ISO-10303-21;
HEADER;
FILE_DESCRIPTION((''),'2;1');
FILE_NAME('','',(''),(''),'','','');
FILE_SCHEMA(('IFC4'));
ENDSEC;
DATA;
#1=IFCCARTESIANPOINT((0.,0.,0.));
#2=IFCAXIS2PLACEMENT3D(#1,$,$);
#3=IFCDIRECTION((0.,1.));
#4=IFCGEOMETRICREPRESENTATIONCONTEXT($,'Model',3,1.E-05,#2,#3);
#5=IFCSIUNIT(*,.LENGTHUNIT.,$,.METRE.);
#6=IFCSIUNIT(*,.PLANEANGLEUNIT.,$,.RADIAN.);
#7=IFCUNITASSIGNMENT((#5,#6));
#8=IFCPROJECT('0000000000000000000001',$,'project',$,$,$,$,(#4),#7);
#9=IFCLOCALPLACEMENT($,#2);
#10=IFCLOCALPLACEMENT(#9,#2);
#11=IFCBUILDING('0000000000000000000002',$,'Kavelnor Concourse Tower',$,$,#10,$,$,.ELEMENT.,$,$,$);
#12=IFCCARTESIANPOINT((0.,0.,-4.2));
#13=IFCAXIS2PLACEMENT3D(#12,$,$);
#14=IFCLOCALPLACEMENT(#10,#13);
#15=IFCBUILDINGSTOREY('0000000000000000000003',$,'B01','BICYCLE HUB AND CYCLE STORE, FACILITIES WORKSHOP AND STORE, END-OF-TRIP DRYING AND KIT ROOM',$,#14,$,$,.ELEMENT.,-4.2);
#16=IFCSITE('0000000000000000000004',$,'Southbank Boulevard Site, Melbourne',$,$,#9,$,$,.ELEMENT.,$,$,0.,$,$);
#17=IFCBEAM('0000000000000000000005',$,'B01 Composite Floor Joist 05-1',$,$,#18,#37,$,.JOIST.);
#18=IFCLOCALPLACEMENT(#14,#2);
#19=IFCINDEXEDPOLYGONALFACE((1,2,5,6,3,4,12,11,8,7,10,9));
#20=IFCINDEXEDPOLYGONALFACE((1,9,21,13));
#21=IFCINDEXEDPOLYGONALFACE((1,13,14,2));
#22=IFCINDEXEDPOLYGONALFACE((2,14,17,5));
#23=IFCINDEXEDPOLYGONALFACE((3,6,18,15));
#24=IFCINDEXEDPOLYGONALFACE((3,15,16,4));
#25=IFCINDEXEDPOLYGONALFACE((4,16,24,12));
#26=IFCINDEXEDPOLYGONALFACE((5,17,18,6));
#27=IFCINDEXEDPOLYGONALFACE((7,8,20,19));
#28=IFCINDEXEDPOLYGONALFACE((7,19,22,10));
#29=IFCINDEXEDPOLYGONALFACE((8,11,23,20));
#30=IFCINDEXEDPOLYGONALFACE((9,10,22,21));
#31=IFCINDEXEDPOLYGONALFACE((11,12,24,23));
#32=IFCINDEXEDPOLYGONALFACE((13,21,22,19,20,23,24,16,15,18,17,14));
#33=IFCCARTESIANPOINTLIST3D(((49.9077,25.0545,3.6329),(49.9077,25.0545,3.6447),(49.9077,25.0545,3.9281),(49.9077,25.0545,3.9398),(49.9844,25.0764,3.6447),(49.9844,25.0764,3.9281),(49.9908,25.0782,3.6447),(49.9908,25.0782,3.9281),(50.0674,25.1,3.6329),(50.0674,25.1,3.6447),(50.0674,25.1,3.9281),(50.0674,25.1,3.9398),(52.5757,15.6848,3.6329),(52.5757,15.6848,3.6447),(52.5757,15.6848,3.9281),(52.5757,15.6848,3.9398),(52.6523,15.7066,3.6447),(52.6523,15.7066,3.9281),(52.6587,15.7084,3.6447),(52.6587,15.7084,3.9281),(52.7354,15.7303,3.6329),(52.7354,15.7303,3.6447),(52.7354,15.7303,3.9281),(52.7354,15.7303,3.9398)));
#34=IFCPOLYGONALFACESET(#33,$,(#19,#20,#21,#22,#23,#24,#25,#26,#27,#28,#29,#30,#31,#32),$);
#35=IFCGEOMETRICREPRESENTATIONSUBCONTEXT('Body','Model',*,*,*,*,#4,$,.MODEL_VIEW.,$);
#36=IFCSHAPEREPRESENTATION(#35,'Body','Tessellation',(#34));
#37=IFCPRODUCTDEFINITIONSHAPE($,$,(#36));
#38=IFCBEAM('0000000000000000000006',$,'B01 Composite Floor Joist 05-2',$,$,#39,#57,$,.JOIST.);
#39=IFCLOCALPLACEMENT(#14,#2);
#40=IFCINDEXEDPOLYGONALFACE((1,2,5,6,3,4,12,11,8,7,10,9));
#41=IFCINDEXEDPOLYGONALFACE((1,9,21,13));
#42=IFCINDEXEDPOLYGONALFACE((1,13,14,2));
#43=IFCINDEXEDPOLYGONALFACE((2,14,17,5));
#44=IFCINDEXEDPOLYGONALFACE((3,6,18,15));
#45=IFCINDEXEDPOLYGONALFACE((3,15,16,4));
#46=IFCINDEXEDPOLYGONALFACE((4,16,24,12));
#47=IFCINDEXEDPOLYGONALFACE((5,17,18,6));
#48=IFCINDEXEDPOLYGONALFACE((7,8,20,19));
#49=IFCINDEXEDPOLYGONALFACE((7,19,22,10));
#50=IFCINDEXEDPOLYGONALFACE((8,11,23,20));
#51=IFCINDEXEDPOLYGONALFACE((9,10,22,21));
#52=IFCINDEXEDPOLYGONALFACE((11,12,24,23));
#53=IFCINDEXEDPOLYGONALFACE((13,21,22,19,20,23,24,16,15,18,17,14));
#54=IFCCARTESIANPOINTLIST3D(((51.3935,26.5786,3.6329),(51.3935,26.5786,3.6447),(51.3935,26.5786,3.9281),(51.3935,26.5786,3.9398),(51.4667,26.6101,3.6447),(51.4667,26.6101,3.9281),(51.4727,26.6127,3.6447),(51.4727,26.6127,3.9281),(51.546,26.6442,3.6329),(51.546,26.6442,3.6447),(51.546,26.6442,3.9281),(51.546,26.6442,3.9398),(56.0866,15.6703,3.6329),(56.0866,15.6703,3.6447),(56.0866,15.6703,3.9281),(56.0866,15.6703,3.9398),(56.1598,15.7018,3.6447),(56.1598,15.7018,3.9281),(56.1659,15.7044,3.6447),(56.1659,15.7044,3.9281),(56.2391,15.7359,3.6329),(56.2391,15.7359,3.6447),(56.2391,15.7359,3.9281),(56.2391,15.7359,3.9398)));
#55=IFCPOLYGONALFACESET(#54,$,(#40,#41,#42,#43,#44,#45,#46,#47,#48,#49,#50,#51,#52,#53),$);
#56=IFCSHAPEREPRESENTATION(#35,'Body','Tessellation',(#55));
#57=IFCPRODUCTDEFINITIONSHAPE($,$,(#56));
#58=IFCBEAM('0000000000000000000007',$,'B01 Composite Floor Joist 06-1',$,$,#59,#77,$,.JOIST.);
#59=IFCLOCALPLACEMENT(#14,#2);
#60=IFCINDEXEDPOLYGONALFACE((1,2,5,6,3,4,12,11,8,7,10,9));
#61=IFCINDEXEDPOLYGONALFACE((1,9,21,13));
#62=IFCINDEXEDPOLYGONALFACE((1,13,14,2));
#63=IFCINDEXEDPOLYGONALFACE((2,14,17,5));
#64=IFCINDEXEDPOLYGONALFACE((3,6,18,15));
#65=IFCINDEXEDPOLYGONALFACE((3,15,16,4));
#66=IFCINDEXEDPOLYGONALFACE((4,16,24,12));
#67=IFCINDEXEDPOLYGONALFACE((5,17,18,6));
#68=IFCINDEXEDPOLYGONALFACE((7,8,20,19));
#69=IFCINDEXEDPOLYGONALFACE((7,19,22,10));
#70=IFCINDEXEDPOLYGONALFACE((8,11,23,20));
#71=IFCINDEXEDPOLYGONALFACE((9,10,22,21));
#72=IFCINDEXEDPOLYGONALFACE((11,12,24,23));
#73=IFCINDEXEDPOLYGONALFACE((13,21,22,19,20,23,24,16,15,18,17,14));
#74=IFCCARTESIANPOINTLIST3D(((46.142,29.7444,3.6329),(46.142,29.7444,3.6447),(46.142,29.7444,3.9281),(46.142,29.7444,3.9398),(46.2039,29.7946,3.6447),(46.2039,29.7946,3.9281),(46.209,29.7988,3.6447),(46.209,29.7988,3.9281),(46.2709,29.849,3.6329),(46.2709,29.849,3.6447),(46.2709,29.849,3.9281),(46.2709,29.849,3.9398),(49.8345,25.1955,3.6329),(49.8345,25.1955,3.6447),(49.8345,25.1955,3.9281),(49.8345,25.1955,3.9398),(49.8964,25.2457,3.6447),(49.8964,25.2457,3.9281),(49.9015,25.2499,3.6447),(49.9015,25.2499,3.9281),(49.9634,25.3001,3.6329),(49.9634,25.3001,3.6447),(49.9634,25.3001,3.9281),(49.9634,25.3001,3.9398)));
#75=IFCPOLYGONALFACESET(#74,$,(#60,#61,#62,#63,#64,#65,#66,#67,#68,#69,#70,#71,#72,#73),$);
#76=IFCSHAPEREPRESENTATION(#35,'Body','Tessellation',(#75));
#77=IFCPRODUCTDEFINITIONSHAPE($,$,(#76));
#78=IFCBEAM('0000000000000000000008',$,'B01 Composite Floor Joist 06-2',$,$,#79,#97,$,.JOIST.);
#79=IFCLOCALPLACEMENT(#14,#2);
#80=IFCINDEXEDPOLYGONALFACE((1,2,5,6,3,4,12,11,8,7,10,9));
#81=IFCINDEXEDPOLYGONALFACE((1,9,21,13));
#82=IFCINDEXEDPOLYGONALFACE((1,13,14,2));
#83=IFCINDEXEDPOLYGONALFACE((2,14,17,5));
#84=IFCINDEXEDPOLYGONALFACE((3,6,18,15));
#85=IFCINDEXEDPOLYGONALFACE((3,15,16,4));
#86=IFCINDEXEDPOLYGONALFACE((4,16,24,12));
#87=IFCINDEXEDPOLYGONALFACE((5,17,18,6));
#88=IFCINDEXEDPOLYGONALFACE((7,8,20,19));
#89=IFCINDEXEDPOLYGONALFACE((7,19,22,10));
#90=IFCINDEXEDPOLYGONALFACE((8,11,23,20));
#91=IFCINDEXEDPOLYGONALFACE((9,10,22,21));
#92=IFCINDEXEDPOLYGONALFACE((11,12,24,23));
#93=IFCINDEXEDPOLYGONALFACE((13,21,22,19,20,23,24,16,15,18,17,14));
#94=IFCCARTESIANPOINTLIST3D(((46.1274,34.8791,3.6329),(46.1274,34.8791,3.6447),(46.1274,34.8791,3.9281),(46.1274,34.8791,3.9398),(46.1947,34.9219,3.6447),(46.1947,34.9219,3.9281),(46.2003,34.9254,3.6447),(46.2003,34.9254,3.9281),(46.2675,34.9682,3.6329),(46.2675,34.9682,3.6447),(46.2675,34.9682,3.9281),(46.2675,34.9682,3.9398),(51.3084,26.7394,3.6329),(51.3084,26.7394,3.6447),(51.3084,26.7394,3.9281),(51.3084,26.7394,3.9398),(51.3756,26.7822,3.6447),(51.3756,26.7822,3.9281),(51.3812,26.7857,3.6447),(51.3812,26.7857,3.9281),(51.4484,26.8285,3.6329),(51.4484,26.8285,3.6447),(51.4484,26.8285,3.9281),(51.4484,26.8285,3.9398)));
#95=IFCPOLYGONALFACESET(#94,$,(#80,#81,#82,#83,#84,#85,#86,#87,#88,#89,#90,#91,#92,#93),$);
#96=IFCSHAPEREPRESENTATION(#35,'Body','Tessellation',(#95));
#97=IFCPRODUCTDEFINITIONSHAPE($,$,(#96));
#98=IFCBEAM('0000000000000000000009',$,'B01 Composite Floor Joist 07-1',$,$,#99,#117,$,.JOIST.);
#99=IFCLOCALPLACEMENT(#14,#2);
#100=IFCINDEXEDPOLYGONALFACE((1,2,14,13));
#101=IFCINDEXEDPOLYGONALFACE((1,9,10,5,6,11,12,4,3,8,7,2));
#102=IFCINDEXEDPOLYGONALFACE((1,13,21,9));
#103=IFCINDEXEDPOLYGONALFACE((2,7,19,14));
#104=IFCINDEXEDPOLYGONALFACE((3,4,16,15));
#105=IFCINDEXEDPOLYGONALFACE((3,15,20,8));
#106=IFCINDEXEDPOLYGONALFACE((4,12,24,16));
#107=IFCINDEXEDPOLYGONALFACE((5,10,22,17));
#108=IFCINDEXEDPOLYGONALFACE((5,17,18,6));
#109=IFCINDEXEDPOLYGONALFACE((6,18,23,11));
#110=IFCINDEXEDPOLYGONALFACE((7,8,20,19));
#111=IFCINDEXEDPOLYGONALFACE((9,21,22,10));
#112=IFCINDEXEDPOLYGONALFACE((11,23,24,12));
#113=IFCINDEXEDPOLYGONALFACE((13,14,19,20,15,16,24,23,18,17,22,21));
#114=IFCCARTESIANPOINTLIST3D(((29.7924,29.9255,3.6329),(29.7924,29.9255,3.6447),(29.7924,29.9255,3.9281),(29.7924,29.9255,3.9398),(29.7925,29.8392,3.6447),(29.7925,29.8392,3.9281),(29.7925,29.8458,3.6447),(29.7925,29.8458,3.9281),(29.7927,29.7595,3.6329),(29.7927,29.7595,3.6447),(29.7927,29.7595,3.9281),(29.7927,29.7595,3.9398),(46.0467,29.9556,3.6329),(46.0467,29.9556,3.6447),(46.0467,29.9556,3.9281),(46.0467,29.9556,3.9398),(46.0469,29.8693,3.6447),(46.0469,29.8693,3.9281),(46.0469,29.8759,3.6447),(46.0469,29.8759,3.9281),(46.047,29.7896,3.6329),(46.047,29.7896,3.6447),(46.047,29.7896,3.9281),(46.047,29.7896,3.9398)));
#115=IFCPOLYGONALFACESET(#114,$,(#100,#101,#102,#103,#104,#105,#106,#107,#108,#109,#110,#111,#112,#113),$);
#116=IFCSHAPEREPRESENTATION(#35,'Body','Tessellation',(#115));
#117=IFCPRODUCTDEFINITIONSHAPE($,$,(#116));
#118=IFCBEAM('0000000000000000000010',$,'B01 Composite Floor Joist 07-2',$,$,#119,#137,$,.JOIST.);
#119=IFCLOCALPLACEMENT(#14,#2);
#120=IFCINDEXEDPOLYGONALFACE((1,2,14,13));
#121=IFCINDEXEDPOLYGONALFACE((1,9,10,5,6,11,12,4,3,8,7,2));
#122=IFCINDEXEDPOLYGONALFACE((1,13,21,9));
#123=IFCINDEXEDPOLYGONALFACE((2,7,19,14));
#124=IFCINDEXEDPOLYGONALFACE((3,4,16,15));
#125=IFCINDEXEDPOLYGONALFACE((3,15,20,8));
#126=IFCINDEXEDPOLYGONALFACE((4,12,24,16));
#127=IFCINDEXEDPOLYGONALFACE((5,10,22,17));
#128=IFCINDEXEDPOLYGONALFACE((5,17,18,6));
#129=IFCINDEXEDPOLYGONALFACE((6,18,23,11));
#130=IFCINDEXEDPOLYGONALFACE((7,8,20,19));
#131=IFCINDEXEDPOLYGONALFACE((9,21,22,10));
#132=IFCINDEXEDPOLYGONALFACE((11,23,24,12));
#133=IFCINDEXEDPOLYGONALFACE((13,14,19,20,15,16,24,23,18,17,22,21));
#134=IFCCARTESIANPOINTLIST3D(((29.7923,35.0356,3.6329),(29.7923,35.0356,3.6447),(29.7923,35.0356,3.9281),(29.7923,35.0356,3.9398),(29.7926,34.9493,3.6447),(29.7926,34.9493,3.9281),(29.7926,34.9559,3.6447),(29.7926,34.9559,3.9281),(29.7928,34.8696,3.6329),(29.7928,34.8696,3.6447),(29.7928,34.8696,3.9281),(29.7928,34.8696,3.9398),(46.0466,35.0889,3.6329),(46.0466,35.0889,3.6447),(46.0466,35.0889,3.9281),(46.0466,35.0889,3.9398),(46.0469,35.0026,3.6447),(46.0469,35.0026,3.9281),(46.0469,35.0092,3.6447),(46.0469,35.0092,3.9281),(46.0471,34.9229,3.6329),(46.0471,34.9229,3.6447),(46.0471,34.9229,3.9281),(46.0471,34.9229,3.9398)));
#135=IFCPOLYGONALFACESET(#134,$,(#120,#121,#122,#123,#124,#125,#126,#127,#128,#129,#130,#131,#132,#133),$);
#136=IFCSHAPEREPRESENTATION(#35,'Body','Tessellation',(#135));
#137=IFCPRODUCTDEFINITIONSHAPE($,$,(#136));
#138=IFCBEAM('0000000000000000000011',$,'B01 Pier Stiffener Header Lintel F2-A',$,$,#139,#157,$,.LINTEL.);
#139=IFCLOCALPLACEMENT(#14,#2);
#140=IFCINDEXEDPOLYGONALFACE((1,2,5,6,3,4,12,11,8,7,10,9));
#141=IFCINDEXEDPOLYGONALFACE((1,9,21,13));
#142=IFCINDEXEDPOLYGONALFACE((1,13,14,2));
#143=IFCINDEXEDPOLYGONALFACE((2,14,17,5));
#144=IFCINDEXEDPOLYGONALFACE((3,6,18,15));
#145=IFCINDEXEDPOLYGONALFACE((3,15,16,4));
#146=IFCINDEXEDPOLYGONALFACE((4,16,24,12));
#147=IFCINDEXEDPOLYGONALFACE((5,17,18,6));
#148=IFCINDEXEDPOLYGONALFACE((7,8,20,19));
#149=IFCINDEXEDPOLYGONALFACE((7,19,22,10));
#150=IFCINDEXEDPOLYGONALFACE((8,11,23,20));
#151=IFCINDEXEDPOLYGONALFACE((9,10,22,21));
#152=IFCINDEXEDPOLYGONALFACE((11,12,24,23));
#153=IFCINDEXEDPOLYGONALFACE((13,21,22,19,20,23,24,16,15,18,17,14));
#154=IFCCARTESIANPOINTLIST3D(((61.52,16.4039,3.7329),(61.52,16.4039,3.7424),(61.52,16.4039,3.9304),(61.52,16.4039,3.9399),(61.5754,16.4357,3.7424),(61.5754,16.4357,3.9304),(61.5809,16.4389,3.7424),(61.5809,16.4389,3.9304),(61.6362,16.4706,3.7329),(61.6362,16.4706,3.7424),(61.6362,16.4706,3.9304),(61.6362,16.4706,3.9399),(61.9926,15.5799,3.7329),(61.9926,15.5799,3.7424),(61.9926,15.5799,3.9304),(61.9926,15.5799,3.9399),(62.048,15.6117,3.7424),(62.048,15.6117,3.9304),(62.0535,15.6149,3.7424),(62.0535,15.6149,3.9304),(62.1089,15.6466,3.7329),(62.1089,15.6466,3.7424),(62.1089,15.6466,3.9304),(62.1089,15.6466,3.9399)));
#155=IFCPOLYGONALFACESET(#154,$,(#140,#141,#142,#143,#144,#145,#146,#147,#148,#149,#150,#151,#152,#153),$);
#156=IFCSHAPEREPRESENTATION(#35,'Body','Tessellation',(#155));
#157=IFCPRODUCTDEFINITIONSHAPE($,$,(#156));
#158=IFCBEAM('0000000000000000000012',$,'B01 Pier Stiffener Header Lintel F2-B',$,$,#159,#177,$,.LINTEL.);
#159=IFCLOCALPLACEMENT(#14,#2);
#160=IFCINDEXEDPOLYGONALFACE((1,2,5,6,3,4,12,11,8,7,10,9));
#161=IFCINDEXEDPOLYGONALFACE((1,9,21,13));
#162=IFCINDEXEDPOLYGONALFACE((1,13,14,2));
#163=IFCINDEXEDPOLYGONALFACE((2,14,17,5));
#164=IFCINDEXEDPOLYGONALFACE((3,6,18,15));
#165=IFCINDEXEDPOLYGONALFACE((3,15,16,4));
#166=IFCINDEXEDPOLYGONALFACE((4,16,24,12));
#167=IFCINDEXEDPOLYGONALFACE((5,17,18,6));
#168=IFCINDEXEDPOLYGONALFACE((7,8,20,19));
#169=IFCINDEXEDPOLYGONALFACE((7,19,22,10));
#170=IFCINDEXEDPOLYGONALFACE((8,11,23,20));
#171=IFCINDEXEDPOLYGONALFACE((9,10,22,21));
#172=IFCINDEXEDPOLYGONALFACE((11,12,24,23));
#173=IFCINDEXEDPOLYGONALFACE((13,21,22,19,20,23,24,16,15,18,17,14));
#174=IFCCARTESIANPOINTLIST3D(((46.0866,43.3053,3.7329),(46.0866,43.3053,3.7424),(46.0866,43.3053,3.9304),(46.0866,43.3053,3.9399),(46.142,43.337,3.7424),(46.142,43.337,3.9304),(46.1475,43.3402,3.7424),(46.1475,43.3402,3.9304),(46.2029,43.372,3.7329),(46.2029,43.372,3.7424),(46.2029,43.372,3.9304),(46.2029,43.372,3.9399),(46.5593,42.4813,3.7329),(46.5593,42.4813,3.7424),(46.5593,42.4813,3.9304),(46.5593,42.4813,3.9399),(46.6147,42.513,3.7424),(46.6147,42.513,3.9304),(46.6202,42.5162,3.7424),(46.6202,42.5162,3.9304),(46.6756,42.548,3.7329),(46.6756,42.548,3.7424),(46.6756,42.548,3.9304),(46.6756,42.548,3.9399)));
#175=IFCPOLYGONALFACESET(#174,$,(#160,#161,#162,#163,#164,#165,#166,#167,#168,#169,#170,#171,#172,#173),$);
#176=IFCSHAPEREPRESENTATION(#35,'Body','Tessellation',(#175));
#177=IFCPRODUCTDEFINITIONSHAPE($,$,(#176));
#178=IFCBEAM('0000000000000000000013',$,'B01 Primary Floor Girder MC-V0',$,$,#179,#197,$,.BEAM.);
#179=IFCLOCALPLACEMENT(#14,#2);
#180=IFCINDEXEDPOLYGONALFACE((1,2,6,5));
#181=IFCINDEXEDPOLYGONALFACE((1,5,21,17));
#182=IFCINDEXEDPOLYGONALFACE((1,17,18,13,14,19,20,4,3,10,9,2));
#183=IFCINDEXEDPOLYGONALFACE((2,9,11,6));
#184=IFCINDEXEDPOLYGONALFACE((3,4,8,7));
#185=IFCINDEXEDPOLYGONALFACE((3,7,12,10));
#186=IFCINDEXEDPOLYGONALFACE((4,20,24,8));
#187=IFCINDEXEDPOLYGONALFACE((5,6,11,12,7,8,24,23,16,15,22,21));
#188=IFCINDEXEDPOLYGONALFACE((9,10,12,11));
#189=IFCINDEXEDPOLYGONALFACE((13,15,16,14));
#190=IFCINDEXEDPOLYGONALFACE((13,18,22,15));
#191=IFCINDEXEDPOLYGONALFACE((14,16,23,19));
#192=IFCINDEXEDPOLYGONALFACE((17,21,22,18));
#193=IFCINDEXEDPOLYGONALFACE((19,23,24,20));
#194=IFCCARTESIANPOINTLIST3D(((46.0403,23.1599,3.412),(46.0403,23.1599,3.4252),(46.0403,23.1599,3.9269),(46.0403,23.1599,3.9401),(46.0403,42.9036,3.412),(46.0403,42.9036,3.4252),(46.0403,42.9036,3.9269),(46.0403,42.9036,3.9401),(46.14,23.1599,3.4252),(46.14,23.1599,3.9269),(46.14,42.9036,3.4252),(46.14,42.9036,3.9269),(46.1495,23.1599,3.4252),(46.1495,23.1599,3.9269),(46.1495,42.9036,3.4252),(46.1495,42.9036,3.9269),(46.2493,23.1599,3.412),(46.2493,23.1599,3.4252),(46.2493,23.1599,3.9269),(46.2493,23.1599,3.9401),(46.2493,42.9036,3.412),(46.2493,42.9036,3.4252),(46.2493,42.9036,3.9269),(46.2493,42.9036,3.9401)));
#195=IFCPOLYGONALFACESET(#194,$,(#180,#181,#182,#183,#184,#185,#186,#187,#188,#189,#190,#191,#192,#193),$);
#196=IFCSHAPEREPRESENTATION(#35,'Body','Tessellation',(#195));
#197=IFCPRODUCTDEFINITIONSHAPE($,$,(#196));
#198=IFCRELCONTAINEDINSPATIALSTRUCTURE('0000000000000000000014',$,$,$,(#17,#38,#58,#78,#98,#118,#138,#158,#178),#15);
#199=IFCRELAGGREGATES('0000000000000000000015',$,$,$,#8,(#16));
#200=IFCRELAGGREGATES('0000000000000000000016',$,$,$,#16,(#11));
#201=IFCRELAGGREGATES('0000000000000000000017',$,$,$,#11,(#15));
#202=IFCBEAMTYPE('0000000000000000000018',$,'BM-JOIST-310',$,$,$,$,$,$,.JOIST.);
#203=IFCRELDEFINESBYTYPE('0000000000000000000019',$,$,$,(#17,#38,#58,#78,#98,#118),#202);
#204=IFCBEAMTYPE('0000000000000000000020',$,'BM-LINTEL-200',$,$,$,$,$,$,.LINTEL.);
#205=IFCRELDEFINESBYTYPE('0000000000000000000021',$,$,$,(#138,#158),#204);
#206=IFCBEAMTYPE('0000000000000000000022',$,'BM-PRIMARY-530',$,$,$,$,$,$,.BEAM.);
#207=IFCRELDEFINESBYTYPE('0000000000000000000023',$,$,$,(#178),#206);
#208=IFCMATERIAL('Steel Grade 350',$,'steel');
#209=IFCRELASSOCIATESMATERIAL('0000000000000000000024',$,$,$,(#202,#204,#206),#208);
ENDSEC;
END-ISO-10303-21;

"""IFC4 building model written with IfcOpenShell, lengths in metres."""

from ifc_helpers import new_model, si_unit, direction, frame, origin, origin_2d, place, context, subcontext, project, spatial, i_section, extrude, material, material_profile, profile_set, type_object, element, save


model = new_model("IFC4")

# Units and contexts
model_context = context("Model", 3, precision=1e-05, world=origin(), true_north=direction((0.0, 1.0)))
body_context = subcontext(model_context, "Body", "Model", "MODEL_VIEW")
ifc_project = project(units=[si_unit("LENGTHUNIT", "METRE"), si_unit("PLANEANGLEUNIT", "RADIAN")], contexts=[model_context])

# Site, building, storey
site_placement = place(None, origin())
site = spatial("IfcSite", under=ifc_project, at=site_placement, Name="Southbank Boulevard Site, Melbourne", CompositionType="ELEMENT", RefElevation=0.0)
building_placement = place(site_placement, origin())
building = spatial("IfcBuilding", under=site, at=building_placement, Name="Kavelnor Concourse Tower", CompositionType="ELEMENT")
storey_placement = place(building_placement, frame((0.0, 0.0, -4.2)))
storey = spatial("IfcBuildingStorey", under=building, at=storey_placement, Name="B01", Description="BICYCLE HUB AND CYCLE STORE, FACILITIES WORKSHOP AND STORE, END-OF-TRIP DRYING AND KIT ROOM", CompositionType="ELEMENT", Elevation=-4.2)

# Shared definitions
ifc_material_1 = material(Name="Steel Grade 350", Category="steel")

# Beams
ifc_material_profile_1 = material_profile(ifc_material_1, i_section(OverallWidth=0.166, OverallDepth=0.3069, WebThickness=0.0066, FlangeThickness=0.0117, at=origin_2d()), Name="310UB46")
ifc_profile_set_1 = profile_set([ifc_material_profile_1], Name="Steel Grade 350")
beam_type_1 = type_object("IfcBeamType", Name="BM-JOIST-310", PredefinedType="JOIST", material=ifc_profile_set_1)
beam_1_placement = place(storey_placement, frame((52.6555, 15.7075, 3.7864), z_axis=(-0.273854, 0.961771, 0.0), x_axis=(-0.961771, -0.273854, 0.0)))
element("IfcBeam", 1, at=beam_1_placement, inside=storey, type_object=beam_type_1, Name="B01 Composite Floor Joist 05-1", PredefinedType="JOIST", context=body_context, shape_type="SweptSolid", body=[
    extrude(i_section(OverallWidth=0.166, OverallDepth=0.3069, WebThickness=0.0066, FlangeThickness=0.0117, at=origin_2d()), origin(), (0.0, 0.0, 1.0), 9.7422),
])
beam_2_placement = place(storey_placement, frame((56.1628, 15.7031, 3.7864), z_axis=(-0.395212, 0.91859, 0.0), x_axis=(-0.91859, -0.395212, 0.0)))
element("IfcBeam", 2, at=beam_2_placement, inside=storey, type_object=beam_type_1, Name="B01 Composite Floor Joist 05-2", PredefinedType="JOIST", context=body_context, shape_type="SweptSolid", body=[
    extrude(i_section(OverallWidth=0.166, OverallDepth=0.3069, WebThickness=0.0066, FlangeThickness=0.0117, at=origin_2d()), origin(), (0.0, 0.0, 1.0), 11.875),
])
beam_3_placement = place(storey_placement, frame((49.8989, 25.2478, 3.7864), z_axis=(-0.630229, 0.77641, 0.0), x_axis=(-0.77641, -0.630229, 0.0)))
element("IfcBeam", 3, at=beam_3_placement, inside=storey, type_object=beam_type_1, Name="B01 Composite Floor Joist 06-1", PredefinedType="JOIST", context=body_context, shape_type="SweptSolid", body=[
    extrude(i_section(OverallWidth=0.166, OverallDepth=0.3069, WebThickness=0.0066, FlangeThickness=0.0117, at=origin_2d()), origin(), (0.0, 0.0, 1.0), 5.8589),
])
beam_4_placement = place(storey_placement, frame((51.3784, 26.7839, 3.7864), z_axis=(-0.536959, 0.843608, 0.0), x_axis=(-0.843608, -0.536959, 0.0)))
element("IfcBeam", 4, at=beam_4_placement, inside=storey, type_object=beam_type_1, Name="B01 Composite Floor Joist 06-2", PredefinedType="JOIST", context=body_context, shape_type="SweptSolid", body=[
    extrude(i_section(OverallWidth=0.166, OverallDepth=0.3069, WebThickness=0.0066, FlangeThickness=0.0117, at=origin_2d()), origin(), (0.0, 0.0, 1.0), 9.6487),
])
for number, where, z_axis, x_axis, name in (
    (5, (46.0469, 29.8726, 3.7864), (-0.999998, -0.001847, 0.0), (0.001847, -0.999998, 0.0), "B01 Composite Floor Joist 07-1"),
    (6, (46.0469, 35.0059, 3.7864), (-0.999995, -0.003274, 0.0), (0.003274, -0.999995, 0.0), "B01 Composite Floor Joist 07-2"),
):
    element("IfcBeam", number, at=place(storey_placement, frame(where, z_axis=z_axis, x_axis=x_axis)), inside=storey, type_object=beam_type_1, Name=name, PredefinedType="JOIST", context=body_context, shape_type="SweptSolid", body=[
        extrude(i_section(OverallWidth=0.166, OverallDepth=0.3069, WebThickness=0.0066, FlangeThickness=0.0117, at=origin_2d()), origin(), (0.0, 0.0, 1.0), 16.2544),
    ])
ifc_material_profile_2 = material_profile(ifc_material_1, i_section(OverallWidth=0.134, OverallDepth=0.207, WebThickness=0.0063, FlangeThickness=0.0095, at=origin_2d()), Name="200UB29")
ifc_profile_set_2 = profile_set([ifc_material_profile_2], Name="Steel Grade 350")
beam_type_2 = type_object("IfcBeamType", Name="BM-LINTEL-200", PredefinedType="LINTEL", material=ifc_profile_set_2)
for number, where, z_axis, x_axis, name in (
    (7, (62.0508, 15.6133, 3.8364), (-0.497578, 0.86742, 0.0), (-0.86742, -0.497578, 0.0), "B01 Pier Stiffener Header Lintel F2-A"),
    (8, (46.1448, 43.3386, 3.8364), (0.497578, -0.86742, 0.0), (0.86742, 0.497578, 0.0), "B01 Pier Stiffener Header Lintel F2-B"),
):
    element("IfcBeam", number, at=place(storey_placement, frame(where, z_axis=z_axis, x_axis=x_axis)), inside=storey, type_object=beam_type_2, Name=name, PredefinedType="LINTEL", context=body_context, shape_type="SweptSolid", body=[
        extrude(i_section(OverallWidth=0.134, OverallDepth=0.207, WebThickness=0.0063, FlangeThickness=0.0095, at=origin_2d()), origin(), (0.0, 0.0, 1.0), 0.95),
    ])
ifc_material_profile_3 = material_profile(ifc_material_1, i_section(OverallWidth=0.209, OverallDepth=0.5281, WebThickness=0.0095, FlangeThickness=0.0132, at=origin_2d()), Name="530UB82")
ifc_profile_set_3 = profile_set([ifc_material_profile_3], Name="Steel Grade 350")
beam_type_3 = type_object("IfcBeamType", Name="BM-PRIMARY-530", PredefinedType="BEAM", material=ifc_profile_set_3)
beam_5_placement = place(storey_placement, frame((46.1448, 23.1599, 3.676), z_axis=(0.0, 1.0, 0.0), x_axis=(-1.0, 0.0, 0.0)))
element("IfcBeam", 9, at=beam_5_placement, inside=storey, type_object=beam_type_3, Name="B01 Primary Floor Girder MC-V0", PredefinedType="BEAM", context=body_context, shape_type="SweptSolid", body=[
    extrude(i_section(OverallWidth=0.209, OverallDepth=0.5281, WebThickness=0.0095, FlangeThickness=0.0132, at=origin_2d()), origin(), (0.0, 0.0, 1.0), 19.7437),
])

save(model, "model.ifc")
